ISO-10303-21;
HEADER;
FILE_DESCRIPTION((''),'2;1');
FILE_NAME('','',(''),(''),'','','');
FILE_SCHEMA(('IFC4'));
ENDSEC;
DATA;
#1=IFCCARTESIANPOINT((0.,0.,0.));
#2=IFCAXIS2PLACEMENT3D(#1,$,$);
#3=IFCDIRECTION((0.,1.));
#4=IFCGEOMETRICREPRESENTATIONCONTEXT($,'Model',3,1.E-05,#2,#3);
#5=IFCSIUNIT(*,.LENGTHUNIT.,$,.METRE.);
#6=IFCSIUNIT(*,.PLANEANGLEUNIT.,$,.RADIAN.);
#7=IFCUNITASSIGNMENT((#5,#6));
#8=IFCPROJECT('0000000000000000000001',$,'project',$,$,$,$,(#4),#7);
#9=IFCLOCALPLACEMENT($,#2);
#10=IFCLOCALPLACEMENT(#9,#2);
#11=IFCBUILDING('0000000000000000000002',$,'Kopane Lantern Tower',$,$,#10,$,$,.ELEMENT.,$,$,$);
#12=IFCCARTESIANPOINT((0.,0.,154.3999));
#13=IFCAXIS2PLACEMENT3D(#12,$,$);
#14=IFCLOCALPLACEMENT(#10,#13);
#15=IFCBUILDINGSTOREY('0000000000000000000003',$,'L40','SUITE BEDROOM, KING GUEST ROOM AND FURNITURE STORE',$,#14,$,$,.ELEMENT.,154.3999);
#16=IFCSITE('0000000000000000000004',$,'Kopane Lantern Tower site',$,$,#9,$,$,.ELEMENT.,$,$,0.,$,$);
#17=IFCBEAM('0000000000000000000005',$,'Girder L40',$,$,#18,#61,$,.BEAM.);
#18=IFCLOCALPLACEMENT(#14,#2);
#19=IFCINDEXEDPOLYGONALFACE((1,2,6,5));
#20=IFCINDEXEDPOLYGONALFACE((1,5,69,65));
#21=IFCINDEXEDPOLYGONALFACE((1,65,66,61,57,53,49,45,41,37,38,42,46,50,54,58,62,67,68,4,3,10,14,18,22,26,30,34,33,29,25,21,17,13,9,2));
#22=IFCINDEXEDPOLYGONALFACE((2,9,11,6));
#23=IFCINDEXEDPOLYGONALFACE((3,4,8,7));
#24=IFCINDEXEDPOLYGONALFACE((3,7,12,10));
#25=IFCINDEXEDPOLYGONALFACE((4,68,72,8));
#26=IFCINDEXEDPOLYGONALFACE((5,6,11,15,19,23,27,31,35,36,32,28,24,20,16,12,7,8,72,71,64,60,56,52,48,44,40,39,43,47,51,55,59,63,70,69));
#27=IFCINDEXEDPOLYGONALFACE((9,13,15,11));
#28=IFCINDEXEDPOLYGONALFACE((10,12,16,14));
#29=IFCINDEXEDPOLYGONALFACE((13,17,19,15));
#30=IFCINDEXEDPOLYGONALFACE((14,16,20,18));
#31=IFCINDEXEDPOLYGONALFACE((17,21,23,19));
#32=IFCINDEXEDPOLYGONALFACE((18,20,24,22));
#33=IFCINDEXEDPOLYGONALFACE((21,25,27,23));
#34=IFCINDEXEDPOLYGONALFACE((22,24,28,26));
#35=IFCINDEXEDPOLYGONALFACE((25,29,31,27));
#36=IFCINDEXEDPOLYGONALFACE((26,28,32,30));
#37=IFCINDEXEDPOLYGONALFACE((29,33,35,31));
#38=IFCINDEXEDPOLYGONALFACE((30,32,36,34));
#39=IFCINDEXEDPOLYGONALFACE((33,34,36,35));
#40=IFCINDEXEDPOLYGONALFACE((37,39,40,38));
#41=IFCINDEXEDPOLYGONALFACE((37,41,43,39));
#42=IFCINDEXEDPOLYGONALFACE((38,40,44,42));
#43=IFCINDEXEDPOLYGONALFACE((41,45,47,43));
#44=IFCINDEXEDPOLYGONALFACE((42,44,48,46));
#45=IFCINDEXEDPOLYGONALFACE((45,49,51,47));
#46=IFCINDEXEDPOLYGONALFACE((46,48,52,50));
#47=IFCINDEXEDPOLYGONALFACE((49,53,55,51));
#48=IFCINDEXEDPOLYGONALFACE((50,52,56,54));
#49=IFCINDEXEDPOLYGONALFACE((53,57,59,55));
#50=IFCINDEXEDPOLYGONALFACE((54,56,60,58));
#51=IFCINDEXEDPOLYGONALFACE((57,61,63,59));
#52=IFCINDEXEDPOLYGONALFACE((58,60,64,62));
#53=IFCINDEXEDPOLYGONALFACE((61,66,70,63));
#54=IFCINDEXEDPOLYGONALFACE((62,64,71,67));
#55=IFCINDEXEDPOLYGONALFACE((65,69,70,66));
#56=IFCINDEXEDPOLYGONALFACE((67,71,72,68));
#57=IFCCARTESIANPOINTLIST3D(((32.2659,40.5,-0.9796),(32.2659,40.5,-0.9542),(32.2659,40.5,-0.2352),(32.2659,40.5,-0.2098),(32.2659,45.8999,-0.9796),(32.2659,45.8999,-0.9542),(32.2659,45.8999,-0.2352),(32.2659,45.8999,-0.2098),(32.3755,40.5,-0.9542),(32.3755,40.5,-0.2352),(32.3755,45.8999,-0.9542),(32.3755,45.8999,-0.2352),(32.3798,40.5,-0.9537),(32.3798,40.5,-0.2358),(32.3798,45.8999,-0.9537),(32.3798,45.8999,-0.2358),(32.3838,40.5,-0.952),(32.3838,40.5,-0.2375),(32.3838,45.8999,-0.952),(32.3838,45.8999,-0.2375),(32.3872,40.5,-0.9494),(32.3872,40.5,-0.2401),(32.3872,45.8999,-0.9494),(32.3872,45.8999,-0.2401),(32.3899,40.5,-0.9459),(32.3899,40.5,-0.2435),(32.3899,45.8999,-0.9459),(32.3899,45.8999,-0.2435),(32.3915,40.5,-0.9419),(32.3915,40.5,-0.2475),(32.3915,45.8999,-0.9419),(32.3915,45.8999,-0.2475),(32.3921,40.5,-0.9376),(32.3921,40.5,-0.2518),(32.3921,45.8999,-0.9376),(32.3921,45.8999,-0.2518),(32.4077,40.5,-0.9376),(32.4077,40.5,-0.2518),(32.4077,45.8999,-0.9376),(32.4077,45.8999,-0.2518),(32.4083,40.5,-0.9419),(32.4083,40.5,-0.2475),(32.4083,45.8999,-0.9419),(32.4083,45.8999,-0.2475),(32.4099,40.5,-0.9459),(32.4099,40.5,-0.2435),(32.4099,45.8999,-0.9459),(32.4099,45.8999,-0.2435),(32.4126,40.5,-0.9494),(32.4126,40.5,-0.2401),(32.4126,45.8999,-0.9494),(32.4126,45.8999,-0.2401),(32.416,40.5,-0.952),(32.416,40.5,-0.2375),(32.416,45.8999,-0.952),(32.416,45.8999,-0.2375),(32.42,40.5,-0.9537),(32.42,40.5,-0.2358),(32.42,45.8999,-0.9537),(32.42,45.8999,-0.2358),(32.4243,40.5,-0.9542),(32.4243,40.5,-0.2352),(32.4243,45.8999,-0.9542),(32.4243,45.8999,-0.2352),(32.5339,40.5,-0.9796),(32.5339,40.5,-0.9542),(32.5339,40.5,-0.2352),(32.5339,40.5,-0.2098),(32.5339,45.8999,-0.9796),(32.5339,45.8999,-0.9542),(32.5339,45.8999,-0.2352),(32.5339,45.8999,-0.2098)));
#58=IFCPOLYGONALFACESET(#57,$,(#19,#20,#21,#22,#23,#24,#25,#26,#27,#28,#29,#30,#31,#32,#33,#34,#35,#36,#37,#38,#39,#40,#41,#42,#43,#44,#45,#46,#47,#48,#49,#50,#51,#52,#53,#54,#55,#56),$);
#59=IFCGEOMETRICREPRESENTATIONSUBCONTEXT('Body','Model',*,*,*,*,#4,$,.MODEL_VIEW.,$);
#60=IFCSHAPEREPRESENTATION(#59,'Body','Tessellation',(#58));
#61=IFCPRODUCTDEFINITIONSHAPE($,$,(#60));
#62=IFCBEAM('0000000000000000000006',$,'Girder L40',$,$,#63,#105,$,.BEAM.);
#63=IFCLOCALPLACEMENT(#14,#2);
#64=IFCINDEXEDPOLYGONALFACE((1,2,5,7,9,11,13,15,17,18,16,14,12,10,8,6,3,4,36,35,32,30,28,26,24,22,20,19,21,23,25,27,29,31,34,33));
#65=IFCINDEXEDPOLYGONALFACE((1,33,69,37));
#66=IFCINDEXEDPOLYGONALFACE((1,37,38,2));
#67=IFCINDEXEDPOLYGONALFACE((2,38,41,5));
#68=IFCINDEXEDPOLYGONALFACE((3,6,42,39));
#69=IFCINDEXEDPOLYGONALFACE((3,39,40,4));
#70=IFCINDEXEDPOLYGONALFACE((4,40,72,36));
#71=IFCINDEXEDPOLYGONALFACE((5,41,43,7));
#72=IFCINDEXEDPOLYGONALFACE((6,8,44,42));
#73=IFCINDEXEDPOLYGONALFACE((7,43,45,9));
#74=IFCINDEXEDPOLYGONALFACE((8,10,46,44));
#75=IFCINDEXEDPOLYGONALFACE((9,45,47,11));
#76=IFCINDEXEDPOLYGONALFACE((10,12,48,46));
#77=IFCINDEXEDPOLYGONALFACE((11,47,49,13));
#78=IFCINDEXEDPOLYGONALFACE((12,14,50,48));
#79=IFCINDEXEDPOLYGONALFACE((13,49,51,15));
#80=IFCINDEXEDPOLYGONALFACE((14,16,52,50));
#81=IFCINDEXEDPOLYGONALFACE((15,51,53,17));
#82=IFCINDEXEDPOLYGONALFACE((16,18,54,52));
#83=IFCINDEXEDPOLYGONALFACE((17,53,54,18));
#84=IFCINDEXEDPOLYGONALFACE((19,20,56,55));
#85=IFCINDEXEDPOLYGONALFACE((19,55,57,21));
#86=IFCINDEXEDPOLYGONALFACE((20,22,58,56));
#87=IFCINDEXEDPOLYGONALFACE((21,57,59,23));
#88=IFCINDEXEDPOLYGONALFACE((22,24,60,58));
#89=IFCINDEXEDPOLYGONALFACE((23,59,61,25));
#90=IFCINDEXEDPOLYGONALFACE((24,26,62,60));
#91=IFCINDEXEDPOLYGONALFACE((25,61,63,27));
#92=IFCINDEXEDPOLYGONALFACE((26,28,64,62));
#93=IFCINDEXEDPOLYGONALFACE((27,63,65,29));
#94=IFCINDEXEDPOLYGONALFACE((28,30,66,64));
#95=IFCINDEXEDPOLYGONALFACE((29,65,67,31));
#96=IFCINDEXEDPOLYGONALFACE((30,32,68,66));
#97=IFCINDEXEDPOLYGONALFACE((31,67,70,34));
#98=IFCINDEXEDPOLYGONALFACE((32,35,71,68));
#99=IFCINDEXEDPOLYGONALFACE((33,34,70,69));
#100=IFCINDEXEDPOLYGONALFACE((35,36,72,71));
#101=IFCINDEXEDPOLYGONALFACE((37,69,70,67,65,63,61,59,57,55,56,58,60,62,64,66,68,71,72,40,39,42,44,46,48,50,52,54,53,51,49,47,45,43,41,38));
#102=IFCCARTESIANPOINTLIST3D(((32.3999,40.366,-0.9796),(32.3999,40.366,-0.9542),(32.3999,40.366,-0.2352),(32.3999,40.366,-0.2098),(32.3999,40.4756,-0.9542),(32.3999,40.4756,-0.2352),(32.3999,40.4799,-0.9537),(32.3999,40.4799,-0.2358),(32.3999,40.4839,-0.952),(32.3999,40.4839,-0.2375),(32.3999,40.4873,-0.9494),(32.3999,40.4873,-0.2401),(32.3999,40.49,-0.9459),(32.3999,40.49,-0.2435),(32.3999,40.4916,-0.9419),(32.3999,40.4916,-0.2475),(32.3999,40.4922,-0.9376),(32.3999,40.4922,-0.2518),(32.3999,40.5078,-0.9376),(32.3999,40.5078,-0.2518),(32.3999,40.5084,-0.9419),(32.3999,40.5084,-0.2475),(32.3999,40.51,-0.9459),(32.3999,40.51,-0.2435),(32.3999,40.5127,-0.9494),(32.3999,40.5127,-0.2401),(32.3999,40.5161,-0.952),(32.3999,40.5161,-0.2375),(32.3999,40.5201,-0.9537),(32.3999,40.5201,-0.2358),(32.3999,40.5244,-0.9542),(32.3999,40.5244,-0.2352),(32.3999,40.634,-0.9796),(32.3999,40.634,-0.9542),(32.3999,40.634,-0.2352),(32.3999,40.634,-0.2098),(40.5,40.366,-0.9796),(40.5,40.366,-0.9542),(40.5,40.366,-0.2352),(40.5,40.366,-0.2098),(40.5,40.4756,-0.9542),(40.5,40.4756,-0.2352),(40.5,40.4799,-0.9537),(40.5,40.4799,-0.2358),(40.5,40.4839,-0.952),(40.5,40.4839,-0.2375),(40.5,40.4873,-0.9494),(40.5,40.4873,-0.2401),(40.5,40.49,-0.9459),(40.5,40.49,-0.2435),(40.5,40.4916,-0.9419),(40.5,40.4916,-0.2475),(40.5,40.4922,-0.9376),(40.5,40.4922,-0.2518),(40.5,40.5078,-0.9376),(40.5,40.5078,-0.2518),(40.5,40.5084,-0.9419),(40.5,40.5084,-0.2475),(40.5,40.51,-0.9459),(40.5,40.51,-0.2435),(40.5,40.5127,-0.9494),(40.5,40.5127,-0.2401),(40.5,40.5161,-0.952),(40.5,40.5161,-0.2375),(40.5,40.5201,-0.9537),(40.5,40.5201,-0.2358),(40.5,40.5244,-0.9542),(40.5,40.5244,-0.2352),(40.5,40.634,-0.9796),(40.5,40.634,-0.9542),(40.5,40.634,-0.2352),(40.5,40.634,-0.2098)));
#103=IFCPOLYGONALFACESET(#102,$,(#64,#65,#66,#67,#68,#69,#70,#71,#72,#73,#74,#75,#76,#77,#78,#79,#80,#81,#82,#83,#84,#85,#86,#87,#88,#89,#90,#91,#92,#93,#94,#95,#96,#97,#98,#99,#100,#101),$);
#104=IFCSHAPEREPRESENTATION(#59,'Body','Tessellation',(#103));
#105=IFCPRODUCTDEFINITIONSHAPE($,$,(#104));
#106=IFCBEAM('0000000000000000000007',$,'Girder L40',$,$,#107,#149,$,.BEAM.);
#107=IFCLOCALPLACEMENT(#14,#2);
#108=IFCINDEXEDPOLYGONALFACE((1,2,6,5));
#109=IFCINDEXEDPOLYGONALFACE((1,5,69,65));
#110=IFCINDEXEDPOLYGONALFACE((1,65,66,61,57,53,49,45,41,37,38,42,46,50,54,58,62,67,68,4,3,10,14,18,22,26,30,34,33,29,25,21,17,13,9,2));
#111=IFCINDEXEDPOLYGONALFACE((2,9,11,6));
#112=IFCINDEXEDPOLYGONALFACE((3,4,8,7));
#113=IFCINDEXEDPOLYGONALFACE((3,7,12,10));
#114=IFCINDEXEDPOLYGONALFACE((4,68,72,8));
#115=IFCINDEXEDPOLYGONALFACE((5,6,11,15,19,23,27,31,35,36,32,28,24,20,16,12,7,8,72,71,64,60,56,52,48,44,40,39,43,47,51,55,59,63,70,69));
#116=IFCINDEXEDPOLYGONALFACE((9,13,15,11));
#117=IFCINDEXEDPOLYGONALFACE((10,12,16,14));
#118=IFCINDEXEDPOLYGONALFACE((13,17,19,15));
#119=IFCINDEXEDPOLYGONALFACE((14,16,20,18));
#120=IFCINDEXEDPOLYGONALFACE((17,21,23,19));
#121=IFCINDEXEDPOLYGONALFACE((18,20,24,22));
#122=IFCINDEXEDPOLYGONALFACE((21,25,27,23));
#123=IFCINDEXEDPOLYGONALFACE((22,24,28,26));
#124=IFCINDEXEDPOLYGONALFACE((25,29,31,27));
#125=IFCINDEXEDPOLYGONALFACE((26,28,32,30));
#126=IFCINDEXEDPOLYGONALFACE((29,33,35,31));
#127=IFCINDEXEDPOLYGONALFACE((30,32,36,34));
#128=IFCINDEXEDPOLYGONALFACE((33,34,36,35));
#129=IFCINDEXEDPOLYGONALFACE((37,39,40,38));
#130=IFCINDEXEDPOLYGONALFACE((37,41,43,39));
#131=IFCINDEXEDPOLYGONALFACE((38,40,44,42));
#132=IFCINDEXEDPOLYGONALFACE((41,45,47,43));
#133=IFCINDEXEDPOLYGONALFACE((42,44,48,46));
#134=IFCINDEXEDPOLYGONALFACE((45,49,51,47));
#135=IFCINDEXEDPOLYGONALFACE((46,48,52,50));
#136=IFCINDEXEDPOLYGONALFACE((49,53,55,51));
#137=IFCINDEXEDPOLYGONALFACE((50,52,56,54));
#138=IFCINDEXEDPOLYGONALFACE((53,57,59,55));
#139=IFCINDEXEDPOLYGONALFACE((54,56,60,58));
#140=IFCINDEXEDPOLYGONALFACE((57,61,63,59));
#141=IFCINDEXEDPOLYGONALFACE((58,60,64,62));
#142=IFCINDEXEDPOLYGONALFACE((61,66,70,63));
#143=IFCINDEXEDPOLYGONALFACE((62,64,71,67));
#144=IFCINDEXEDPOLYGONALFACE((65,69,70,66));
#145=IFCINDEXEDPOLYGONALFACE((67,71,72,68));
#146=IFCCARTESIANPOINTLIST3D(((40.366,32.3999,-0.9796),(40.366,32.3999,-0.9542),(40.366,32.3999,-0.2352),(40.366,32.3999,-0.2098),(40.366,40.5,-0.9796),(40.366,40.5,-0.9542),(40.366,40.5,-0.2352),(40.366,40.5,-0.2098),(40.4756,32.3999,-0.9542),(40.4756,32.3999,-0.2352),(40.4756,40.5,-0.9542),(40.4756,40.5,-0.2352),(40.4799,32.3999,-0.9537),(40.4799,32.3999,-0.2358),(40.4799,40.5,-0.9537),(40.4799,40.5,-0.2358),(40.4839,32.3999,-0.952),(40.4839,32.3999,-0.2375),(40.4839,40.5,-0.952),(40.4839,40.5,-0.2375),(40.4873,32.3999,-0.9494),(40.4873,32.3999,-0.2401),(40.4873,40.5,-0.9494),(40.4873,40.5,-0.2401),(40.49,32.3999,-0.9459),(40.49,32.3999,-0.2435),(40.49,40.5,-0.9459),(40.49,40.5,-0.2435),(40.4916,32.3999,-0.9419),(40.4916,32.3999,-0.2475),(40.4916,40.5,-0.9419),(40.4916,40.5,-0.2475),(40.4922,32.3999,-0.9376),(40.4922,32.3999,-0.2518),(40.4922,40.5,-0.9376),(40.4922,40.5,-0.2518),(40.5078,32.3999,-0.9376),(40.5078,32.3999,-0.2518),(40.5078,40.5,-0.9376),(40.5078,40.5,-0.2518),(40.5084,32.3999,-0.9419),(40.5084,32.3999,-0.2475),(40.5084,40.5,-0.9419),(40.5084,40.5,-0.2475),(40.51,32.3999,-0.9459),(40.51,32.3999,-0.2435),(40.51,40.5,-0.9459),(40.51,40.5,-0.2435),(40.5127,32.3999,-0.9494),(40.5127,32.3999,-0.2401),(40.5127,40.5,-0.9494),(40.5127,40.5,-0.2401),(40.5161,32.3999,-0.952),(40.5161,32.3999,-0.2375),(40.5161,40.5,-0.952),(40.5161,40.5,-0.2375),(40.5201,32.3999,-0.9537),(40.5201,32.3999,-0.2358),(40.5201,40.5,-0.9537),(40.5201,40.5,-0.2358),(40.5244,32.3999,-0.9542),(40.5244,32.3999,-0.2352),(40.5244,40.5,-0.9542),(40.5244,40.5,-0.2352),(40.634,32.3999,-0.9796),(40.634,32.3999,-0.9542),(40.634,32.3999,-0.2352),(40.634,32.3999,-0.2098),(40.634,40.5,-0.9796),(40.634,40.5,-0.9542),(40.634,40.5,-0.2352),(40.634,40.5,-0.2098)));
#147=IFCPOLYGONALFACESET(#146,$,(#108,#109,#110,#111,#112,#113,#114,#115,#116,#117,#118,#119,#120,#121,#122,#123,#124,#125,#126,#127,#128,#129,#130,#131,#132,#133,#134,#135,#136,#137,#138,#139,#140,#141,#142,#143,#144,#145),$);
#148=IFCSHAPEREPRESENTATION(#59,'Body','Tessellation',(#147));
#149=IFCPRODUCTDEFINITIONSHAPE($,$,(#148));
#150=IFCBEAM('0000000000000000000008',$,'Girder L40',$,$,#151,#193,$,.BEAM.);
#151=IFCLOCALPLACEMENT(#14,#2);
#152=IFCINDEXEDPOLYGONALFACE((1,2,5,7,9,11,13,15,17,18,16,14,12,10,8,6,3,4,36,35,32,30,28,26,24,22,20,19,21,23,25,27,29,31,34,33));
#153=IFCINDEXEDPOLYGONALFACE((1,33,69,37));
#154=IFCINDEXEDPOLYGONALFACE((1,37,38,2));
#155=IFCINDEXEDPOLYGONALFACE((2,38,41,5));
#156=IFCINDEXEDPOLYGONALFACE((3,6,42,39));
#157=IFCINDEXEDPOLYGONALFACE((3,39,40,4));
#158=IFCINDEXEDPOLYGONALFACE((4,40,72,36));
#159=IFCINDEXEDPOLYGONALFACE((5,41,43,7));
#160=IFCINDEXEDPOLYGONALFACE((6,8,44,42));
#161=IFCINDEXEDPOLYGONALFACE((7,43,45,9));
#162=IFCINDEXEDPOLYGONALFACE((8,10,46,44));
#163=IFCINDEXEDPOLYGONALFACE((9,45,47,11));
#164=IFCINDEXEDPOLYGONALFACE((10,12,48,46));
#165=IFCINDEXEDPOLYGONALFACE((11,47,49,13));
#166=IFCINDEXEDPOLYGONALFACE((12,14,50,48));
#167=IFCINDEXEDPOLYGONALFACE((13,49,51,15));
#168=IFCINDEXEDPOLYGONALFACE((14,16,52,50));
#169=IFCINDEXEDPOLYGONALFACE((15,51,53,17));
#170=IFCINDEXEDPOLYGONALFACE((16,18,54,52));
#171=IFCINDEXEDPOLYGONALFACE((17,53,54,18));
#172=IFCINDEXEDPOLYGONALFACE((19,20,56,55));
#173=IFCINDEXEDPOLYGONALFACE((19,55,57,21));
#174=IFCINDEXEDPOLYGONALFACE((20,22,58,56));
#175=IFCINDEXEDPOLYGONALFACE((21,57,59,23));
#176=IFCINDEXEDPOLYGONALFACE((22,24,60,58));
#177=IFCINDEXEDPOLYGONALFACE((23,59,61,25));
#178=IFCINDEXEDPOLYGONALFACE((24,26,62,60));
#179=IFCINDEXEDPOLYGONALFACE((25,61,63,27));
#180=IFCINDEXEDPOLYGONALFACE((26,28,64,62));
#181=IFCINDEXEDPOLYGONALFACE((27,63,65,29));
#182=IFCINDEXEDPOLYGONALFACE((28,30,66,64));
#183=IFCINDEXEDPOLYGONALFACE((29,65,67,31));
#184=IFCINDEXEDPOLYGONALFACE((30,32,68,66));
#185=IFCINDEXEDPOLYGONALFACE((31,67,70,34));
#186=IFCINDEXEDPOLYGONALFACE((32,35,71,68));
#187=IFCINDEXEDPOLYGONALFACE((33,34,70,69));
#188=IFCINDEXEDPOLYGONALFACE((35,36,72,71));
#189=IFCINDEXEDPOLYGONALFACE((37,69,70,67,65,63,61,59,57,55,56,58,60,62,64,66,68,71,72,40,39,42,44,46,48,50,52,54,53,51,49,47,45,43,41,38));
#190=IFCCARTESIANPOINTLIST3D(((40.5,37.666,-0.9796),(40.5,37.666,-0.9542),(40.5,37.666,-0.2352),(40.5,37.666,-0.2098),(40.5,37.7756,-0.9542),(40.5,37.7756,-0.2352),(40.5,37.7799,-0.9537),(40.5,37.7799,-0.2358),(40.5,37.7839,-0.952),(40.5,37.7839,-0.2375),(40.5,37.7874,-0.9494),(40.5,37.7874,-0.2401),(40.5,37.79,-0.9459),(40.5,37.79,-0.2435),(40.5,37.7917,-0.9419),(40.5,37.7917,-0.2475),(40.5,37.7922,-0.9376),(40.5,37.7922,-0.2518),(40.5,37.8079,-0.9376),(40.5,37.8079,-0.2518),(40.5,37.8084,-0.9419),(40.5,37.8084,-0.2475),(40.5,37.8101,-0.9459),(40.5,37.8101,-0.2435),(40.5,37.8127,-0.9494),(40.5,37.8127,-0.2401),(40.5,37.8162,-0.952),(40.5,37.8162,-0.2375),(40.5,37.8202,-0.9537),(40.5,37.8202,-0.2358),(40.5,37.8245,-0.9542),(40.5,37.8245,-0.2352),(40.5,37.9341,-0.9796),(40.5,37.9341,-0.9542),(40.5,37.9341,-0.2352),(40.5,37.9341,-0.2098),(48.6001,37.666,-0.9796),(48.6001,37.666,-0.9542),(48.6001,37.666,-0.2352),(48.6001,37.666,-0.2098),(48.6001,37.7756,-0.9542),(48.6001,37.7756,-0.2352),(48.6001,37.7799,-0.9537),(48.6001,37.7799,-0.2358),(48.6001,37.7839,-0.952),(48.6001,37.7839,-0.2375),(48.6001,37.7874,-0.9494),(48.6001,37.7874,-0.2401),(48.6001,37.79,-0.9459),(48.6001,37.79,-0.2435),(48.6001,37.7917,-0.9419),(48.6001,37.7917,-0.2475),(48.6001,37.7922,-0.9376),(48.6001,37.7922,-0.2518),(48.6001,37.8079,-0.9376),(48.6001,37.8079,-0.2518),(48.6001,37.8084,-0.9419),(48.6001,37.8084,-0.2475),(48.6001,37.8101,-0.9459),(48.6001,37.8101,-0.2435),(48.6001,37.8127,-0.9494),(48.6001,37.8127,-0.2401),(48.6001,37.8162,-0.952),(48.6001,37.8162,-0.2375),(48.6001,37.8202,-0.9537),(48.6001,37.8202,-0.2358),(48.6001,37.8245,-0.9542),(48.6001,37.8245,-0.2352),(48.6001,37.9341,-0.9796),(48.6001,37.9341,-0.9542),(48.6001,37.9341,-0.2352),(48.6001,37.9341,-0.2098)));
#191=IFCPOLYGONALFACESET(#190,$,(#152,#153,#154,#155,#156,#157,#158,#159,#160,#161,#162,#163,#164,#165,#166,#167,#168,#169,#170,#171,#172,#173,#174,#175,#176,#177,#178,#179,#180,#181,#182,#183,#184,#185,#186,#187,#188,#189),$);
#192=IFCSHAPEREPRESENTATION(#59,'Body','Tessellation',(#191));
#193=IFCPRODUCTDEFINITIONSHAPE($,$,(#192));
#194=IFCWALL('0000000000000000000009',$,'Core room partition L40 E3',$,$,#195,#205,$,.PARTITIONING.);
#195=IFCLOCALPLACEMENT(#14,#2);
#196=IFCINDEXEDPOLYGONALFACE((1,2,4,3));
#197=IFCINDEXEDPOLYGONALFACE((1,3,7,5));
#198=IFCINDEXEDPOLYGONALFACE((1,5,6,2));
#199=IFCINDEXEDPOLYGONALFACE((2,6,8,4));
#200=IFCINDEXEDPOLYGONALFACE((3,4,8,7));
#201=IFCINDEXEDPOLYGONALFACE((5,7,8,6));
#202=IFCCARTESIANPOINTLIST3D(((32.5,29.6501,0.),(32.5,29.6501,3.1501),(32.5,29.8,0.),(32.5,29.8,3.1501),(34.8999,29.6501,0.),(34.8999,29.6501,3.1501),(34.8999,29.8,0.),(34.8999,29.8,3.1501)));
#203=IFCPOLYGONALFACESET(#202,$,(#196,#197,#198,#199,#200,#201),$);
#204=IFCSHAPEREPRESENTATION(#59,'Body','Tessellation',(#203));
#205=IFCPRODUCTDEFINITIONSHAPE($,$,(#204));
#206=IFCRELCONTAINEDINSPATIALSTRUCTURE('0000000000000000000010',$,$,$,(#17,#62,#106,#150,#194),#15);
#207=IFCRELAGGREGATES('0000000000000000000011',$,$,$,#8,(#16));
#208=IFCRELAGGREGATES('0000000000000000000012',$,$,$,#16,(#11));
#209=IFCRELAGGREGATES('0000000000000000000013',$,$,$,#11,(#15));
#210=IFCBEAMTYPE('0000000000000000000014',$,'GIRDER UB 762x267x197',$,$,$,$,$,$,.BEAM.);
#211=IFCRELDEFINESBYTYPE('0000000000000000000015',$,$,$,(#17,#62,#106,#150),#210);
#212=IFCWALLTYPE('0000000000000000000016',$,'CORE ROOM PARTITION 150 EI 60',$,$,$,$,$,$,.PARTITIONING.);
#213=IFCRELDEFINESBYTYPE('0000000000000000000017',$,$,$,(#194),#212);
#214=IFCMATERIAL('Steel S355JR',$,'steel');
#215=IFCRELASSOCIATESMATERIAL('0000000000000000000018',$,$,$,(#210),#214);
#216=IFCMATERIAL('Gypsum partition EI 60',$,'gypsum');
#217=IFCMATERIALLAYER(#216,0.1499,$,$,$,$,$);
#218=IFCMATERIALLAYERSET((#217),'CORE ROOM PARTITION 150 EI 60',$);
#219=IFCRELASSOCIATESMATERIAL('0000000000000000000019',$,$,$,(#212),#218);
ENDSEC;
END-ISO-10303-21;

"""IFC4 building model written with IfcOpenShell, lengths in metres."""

from ifc_helpers import new_model, si_unit, direction, frame, frame_2d, origin, origin_2d, place, context, subcontext, project, spatial, rectangle, i_section, extrude, material, layer, layer_set, material_profile, profile_set, type_object, element, save


model = new_model("IFC4")

# Units and contexts
model_context = context("Model", 3, precision=1e-05, world=origin(), true_north=direction((0.0, 1.0)))
body_context = subcontext(model_context, "Body", "Model", "MODEL_VIEW")
ifc_project = project(units=[si_unit("LENGTHUNIT", "METRE"), si_unit("PLANEANGLEUNIT", "RADIAN")], contexts=[model_context])

# Site, building, storey
site_placement = place(None, origin())
site = spatial("IfcSite", under=ifc_project, at=site_placement, Name="Kopane Lantern Tower site", CompositionType="ELEMENT", RefElevation=0.0)
building_placement = place(site_placement, origin())
building = spatial("IfcBuilding", under=site, at=building_placement, Name="Kopane Lantern Tower", CompositionType="ELEMENT")
storey_placement = place(building_placement, frame((0.0, 0.0, 154.3999)))
storey = spatial("IfcBuildingStorey", under=building, at=storey_placement, Name="L40", Description="SUITE BEDROOM, KING GUEST ROOM AND FURNITURE STORE", CompositionType="ELEMENT", Elevation=154.3999)

# Beams
ifc_material_1 = material(Name="Steel S355JR", Category="steel")
ifc_material_profile_1 = material_profile(ifc_material_1, i_section(OverallWidth=0.2681, OverallDepth=0.7698, WebThickness=0.0156, FlangeThickness=0.0254, FilletRadius=0.0166, at=origin_2d()), Name="UB 762x267x197")
ifc_profile_set_1 = profile_set([ifc_material_profile_1], Name="Steel S355JR")
beam_type_1 = type_object("IfcBeamType", Name="GIRDER UB 762x267x197", PredefinedType="BEAM", material=ifc_profile_set_1)
beam_placement = place(storey_placement, frame((32.3999, 40.5, -0.5947), z_axis=(0.0, 1.0, 0.0), x_axis=(-1.0, 0.0, 0.0)))
element("IfcBeam", 1, at=beam_placement, inside=storey, type_object=beam_type_1, Name="Girder L40", PredefinedType="BEAM", context=body_context, shape_type="SweptSolid", body=[
    extrude(i_section(OverallWidth=0.2681, OverallDepth=0.7698, WebThickness=0.0156, FlangeThickness=0.0254, FilletRadius=0.0166, at=origin_2d()), origin(), (0.0, 0.0, 1.0), 5.3999),
])
for number, where, z_axis, x_axis, name in (
    (2, (32.3999, 40.5, -0.5947), (1.0, 0.0, 0.0), (0.0, 1.0, 0.0), "Girder L40"),
    (3, (40.5, 32.3999, -0.5947), (0.0, 1.0, 0.0), (-1.0, 0.0, 0.0), "Girder L40"),
    (4, (40.5, 37.8, -0.5947), (1.0, 0.0, 0.0), (0.0, 1.0, 0.0), "Girder L40"),
):
    element("IfcBeam", number, at=place(storey_placement, frame(where, z_axis=z_axis, x_axis=x_axis)), inside=storey, type_object=beam_type_1, Name=name, PredefinedType="BEAM", context=body_context, shape_type="SweptSolid", body=[
        extrude(i_section(OverallWidth=0.2681, OverallDepth=0.7698, WebThickness=0.0156, FlangeThickness=0.0254, FilletRadius=0.0166, at=origin_2d()), origin(), (0.0, 0.0, 1.0), 8.1001),
    ])

# Wall
ifc_material_2 = material(Name="Gypsum partition EI 60", Category="gypsum")
ifc_layer_1 = layer(ifc_material_2, 0.1499)
ifc_layer_set_1 = layer_set([ifc_layer_1], Name="CORE ROOM PARTITION 150 EI 60")
wall_type_1 = type_object("IfcWallType", Name="CORE ROOM PARTITION 150 EI 60", PredefinedType="PARTITIONING", material=ifc_layer_set_1)
wall_1_placement = place(storey_placement, frame((32.5, 29.7251, 0.0), z_axis=(0.0, 0.0, 1.0), x_axis=(1.0, 0.0, 0.0)))
element("IfcWall", 5, at=wall_1_placement, inside=storey, type_object=wall_type_1, Name="Core room partition L40 E3", PredefinedType="PARTITIONING", context=body_context, shape_type="SweptSolid", body=[
    extrude(rectangle(XDim=2.3999, YDim=0.1499, at=frame_2d((1.2, 0.0))), origin(), (0.0, 0.0, 1.0), 3.1501),
])

save(model, "model.ifc")
